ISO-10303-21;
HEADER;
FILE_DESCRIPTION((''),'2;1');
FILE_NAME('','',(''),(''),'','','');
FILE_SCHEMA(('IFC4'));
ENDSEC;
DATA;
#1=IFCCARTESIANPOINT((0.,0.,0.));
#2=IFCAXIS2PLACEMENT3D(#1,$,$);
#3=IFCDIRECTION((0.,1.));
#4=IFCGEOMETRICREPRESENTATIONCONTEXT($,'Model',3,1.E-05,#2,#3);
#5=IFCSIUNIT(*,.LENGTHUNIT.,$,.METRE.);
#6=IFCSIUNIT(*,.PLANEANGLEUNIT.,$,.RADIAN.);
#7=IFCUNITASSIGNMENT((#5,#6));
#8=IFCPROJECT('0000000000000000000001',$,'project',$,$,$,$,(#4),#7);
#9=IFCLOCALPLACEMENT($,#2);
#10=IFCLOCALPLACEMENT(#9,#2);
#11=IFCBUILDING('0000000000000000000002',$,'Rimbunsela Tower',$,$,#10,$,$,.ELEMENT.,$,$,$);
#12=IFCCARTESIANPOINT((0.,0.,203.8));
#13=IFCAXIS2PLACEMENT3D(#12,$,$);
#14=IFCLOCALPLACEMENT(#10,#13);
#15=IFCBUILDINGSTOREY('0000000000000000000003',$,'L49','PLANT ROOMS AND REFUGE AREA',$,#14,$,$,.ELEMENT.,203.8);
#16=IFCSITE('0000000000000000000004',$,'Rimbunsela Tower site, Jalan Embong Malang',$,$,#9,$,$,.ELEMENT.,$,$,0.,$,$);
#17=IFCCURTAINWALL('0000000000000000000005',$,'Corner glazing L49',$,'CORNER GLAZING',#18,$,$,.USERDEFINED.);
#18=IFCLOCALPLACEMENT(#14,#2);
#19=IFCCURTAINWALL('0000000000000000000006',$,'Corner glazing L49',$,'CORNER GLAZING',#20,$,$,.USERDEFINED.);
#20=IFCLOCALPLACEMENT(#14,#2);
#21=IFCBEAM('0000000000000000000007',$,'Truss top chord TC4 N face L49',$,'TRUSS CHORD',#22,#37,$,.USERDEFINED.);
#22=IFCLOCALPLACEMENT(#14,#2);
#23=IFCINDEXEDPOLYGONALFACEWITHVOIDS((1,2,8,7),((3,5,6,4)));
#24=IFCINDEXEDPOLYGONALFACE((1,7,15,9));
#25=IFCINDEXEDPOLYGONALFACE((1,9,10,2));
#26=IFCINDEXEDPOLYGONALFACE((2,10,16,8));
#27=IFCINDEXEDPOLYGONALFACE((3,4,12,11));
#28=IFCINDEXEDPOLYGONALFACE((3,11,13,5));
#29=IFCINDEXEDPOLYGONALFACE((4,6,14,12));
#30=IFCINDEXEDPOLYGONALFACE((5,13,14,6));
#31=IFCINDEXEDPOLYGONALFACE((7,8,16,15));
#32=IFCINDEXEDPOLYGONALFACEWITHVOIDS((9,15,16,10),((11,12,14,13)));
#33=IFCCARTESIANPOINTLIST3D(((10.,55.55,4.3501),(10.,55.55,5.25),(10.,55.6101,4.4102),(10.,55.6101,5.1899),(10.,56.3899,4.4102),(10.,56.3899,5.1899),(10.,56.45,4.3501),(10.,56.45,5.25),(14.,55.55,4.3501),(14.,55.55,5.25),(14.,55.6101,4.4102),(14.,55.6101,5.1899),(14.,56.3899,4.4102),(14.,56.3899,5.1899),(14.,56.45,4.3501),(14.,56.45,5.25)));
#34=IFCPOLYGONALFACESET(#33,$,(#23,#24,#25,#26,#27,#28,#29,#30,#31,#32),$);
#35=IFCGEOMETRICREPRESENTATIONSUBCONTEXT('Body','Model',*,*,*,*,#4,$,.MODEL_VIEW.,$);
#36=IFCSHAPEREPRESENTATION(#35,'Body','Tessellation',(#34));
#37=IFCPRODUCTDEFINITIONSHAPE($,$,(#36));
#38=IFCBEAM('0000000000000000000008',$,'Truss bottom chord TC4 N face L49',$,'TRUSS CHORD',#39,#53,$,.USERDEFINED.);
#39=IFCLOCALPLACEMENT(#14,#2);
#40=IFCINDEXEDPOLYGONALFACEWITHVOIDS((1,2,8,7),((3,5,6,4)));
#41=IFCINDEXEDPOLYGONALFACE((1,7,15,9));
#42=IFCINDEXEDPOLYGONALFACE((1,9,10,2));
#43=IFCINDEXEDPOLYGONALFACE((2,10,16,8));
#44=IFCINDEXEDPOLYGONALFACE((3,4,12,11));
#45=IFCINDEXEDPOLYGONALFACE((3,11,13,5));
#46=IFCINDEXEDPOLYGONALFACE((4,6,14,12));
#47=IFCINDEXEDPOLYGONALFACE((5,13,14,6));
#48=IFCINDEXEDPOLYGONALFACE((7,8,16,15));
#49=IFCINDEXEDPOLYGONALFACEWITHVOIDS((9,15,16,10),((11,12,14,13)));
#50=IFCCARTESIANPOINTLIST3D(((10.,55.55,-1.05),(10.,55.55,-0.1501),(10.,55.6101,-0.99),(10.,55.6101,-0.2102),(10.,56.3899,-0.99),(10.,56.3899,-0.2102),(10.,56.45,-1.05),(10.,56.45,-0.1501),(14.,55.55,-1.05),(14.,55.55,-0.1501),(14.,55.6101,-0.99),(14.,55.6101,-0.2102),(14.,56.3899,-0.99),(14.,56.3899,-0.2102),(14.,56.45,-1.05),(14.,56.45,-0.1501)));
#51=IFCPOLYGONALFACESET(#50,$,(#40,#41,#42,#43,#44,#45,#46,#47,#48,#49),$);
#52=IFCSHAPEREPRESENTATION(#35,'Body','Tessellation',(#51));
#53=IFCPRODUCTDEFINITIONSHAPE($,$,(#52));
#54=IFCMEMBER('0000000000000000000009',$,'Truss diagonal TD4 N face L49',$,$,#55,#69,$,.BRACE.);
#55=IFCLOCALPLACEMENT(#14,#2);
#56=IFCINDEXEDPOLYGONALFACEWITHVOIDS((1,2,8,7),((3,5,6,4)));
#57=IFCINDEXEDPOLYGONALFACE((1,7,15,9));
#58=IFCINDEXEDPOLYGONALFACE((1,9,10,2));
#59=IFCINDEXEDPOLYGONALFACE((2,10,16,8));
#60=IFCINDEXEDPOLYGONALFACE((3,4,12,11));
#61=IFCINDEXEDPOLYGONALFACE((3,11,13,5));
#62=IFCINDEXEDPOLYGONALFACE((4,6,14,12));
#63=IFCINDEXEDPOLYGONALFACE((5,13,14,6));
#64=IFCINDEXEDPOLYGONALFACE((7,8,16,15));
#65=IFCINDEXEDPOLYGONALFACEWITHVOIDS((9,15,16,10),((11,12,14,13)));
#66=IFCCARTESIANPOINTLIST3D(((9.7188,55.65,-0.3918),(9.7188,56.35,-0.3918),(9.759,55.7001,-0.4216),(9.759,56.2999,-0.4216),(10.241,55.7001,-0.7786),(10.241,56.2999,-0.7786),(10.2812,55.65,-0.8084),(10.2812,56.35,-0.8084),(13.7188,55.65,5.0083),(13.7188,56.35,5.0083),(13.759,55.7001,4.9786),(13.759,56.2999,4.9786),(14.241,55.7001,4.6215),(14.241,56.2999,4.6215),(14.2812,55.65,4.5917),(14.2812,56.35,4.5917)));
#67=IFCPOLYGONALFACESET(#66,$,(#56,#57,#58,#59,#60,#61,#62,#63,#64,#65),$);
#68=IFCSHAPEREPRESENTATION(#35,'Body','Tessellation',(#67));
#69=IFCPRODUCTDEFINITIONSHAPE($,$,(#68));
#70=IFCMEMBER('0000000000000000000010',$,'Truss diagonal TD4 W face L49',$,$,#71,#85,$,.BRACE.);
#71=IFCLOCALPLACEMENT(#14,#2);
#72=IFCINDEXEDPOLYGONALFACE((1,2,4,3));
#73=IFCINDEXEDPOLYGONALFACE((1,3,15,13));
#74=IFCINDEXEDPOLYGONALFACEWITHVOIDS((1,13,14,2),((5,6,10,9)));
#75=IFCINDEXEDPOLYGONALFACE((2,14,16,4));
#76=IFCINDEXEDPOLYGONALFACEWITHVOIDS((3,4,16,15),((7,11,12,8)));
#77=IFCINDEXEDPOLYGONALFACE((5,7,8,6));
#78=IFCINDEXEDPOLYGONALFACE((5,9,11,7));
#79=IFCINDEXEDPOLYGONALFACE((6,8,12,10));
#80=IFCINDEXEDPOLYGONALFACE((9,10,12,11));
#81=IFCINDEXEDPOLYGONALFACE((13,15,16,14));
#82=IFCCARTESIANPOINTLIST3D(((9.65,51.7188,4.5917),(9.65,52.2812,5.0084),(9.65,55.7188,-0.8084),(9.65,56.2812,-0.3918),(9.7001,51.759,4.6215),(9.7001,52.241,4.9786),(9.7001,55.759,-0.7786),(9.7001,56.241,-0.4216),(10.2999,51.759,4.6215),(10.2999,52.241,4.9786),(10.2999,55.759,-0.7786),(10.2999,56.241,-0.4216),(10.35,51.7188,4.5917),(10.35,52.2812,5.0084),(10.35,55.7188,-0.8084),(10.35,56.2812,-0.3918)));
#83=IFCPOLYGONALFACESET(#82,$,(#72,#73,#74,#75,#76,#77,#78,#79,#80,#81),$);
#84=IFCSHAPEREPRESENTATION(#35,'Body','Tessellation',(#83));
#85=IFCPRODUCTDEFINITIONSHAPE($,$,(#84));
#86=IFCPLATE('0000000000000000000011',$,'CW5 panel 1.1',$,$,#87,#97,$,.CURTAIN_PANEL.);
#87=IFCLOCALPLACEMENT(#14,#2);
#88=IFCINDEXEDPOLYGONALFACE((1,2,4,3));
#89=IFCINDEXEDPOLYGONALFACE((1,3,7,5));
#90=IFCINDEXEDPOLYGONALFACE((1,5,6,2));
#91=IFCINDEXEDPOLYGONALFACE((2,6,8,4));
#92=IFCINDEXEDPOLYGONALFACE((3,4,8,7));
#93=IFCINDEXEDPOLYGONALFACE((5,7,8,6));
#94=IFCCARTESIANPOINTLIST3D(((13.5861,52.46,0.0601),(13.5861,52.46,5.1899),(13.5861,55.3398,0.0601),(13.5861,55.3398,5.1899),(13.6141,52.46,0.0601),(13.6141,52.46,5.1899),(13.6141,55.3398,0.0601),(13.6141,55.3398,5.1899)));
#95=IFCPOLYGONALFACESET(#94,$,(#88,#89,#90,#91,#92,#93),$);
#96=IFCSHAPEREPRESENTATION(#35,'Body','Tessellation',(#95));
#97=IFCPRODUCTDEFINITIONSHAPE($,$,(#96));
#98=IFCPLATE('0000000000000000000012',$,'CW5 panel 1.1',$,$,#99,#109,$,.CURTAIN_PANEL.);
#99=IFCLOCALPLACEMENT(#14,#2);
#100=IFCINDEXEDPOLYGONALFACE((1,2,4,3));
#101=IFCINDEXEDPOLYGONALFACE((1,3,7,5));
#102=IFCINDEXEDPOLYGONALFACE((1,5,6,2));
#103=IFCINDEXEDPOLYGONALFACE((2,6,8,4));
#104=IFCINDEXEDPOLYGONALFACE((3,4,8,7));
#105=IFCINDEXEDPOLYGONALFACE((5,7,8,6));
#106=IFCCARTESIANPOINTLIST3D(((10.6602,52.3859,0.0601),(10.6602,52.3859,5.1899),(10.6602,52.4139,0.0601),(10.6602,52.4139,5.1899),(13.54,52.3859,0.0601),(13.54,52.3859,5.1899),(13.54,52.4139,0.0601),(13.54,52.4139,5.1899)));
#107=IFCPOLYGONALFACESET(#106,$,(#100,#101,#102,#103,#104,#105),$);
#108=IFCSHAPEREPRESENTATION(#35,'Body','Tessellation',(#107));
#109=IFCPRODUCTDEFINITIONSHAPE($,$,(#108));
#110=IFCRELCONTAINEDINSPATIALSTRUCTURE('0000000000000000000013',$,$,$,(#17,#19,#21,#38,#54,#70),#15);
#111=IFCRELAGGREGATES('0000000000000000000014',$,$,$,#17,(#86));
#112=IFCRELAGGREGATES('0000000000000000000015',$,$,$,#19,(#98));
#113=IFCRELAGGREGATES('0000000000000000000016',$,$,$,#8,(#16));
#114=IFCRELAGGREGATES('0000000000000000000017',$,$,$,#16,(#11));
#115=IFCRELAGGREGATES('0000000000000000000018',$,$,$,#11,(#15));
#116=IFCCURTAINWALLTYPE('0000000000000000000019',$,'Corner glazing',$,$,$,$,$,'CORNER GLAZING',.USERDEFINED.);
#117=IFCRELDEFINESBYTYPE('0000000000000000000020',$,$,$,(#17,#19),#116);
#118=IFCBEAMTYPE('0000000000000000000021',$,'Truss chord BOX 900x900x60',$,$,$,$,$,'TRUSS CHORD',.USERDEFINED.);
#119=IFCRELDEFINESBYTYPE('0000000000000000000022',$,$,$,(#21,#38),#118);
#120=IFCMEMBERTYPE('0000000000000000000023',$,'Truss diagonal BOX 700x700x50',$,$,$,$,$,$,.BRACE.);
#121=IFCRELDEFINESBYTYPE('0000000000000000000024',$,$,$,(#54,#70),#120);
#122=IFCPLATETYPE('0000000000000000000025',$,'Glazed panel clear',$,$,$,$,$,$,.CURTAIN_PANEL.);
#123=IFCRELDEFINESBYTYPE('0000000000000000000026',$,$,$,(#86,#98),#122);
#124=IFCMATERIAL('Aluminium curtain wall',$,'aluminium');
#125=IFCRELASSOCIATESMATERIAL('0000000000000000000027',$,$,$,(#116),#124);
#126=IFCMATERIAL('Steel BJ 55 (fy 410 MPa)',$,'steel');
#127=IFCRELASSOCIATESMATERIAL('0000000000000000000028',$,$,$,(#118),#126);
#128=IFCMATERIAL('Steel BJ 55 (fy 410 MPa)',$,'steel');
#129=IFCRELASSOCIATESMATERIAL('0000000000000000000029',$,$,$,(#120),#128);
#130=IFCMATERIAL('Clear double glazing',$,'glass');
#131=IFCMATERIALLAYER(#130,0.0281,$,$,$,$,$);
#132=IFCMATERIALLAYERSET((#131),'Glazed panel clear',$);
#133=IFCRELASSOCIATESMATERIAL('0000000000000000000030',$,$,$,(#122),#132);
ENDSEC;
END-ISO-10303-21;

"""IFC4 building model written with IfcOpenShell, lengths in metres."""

from ifc_helpers import new_model, si_unit, direction, frame, origin, origin_2d, place, context, subcontext, project, spatial, rectangle, hollow_rectangle, extrude, material, layer, layer_set, material_profile, profile_set, type_object, element, aggregate, save


model = new_model("IFC4")

# Units and contexts
model_context = context("Model", 3, precision=1e-05, world=origin(), true_north=direction((0.0, 1.0)))
body_context = subcontext(model_context, "Body", "Model", "MODEL_VIEW")
ifc_project = project(units=[si_unit("LENGTHUNIT", "METRE"), si_unit("PLANEANGLEUNIT", "RADIAN")], contexts=[model_context])

# Site, building, storey
site_placement = place(None, origin())
site = spatial("IfcSite", under=ifc_project, at=site_placement, Name="Rimbunsela Tower site, Jalan Embong Malang", CompositionType="ELEMENT", RefElevation=0.0)
building_placement = place(site_placement, origin())
building = spatial("IfcBuilding", under=site, at=building_placement, Name="Rimbunsela Tower", CompositionType="ELEMENT")
storey_placement = place(building_placement, frame((0.0, 0.0, 203.8)))
storey = spatial("IfcBuildingStorey", under=building, at=storey_placement, Name="L49", Description="PLANT ROOMS AND REFUGE AREA", CompositionType="ELEMENT", Elevation=203.8)

# Curtain walls
ifc_material_1 = material(Name="Aluminium curtain wall", Category="aluminium")
curtain_wall_type_1 = type_object("IfcCurtainWallType", Name="Corner glazing", ElementType="CORNER GLAZING", PredefinedType="USERDEFINED", material=ifc_material_1)
curtain_wall_1_placement = place(storey_placement, origin())
curtain_wall_1 = element("IfcCurtainWall", 1, at=curtain_wall_1_placement, inside=storey, type_object=curtain_wall_type_1, Name="Corner glazing L49", ObjectType="CORNER GLAZING", PredefinedType="USERDEFINED")
curtain_wall_2_placement = place(storey_placement, origin())
curtain_wall_2 = element("IfcCurtainWall", 2, at=curtain_wall_2_placement, inside=storey, type_object=curtain_wall_type_1, Name="Corner glazing L49", ObjectType="CORNER GLAZING", PredefinedType="USERDEFINED")

# Beams
ifc_material_2 = material(Name="Steel BJ 55 (fy 410 MPa)", Category="steel")
ifc_material_profile_1 = material_profile(ifc_material_2, hollow_rectangle(XDim=0.8999, YDim=0.8999, WallThickness=0.0601, at=origin_2d()), Name="BOX 900x900x60")
ifc_profile_set_1 = profile_set([ifc_material_profile_1], Name="Steel BJ 55 (fy 410 MPa)")
beam_type_1 = type_object("IfcBeamType", Name="Truss chord BOX 900x900x60", ElementType="TRUSS CHORD", PredefinedType="USERDEFINED", material=ifc_profile_set_1)
for number, where, z_axis, x_axis, name in (
    (3, (10.0, 56.0, 4.8), (1.0, 0.0, 0.0), (0.0, 1.0, 0.0), "Truss top chord TC4 N face L49"),
    (4, (10.0, 56.0, -0.6001), (1.0, 0.0, 0.0), (0.0, 1.0, 0.0), "Truss bottom chord TC4 N face L49"),
):
    element("IfcBeam", number, at=place(storey_placement, frame(where, z_axis=z_axis, x_axis=x_axis)), inside=storey, type_object=beam_type_1, Name=name, ObjectType="TRUSS CHORD", PredefinedType="USERDEFINED", context=body_context, shape_type="SweptSolid", body=[
        extrude(hollow_rectangle(XDim=0.8999, YDim=0.8999, WallThickness=0.0601, at=origin_2d()), origin(), (0.0, 0.0, 1.0), 4.0),
    ])

# Members
ifc_material_3 = material(Name="Steel BJ 55 (fy 410 MPa)", Category="steel")
ifc_material_profile_2 = material_profile(ifc_material_3, hollow_rectangle(XDim=0.7, YDim=0.7, WallThickness=0.05, at=origin_2d()), Name="BOX 700x700x50")
ifc_profile_set_2 = profile_set([ifc_material_profile_2], Name="Steel BJ 55 (fy 410 MPa)")
member_type_1 = type_object("IfcMemberType", Name="Truss diagonal BOX 700x700x50", PredefinedType="BRACE", material=ifc_profile_set_2)
for number, where, z_axis, x_axis, name in (
    (5, (10.0, 56.0, -0.6001), (0.595217, 0.0, 0.803565), (0.0, 1.0, 0.0), "Truss diagonal TD4 N face L49"),
    (6, (10.0, 52.0, 4.8), (0.0, 0.595217, -0.803565), (-1.0, 0.0, 0.0), "Truss diagonal TD4 W face L49"),
):
    element("IfcMember", number, at=place(storey_placement, frame(where, z_axis=z_axis, x_axis=x_axis)), inside=storey, type_object=member_type_1, Name=name, PredefinedType="BRACE", context=body_context, shape_type="SweptSolid", body=[
        extrude(hollow_rectangle(XDim=0.7, YDim=0.7, WallThickness=0.05, at=origin_2d()), origin(), (0.0, 0.0, 1.0), 6.7202),
    ])

# Plates
ifc_material_4 = material(Name="Clear double glazing", Category="glass")
ifc_layer_1 = layer(ifc_material_4, 0.0281)
ifc_layer_set_1 = layer_set([ifc_layer_1], Name="Glazed panel clear")
plate_type = type_object("IfcPlateType", Name="Glazed panel clear", PredefinedType="CURTAIN_PANEL", material=ifc_layer_set_1)
plate_1_placement = place(storey_placement, frame((13.6001, 53.8999, 0.0601), z_axis=(0.0, 0.0, 1.0), x_axis=(0.0, -1.0, 0.0)))
plate_1 = element("IfcPlate", 7, at=plate_1_placement, type_object=plate_type, Name="CW5 panel 1.1", PredefinedType="CURTAIN_PANEL", context=body_context, shape_type="SweptSolid", body=[
    extrude(rectangle(XDim=2.8799, YDim=0.0281, at=origin_2d()), origin(), (0.0, 0.0, 1.0), 5.1299),
])
aggregate(curtain_wall_1, [plate_1])
plate_2_placement = place(storey_placement, frame((12.1001, 52.3999, 0.0601), z_axis=(0.0, 0.0, 1.0), x_axis=(-1.0, 0.0, 0.0)))
plate_2 = element("IfcPlate", 8, at=plate_2_placement, type_object=plate_type, Name="CW5 panel 1.1", PredefinedType="CURTAIN_PANEL", context=body_context, shape_type="SweptSolid", body=[
    extrude(rectangle(XDim=2.8799, YDim=0.0281, at=origin_2d()), origin(), (0.0, 0.0, 1.0), 5.1299),
])
aggregate(curtain_wall_2, [plate_2])

save(model, "model.ifc")
